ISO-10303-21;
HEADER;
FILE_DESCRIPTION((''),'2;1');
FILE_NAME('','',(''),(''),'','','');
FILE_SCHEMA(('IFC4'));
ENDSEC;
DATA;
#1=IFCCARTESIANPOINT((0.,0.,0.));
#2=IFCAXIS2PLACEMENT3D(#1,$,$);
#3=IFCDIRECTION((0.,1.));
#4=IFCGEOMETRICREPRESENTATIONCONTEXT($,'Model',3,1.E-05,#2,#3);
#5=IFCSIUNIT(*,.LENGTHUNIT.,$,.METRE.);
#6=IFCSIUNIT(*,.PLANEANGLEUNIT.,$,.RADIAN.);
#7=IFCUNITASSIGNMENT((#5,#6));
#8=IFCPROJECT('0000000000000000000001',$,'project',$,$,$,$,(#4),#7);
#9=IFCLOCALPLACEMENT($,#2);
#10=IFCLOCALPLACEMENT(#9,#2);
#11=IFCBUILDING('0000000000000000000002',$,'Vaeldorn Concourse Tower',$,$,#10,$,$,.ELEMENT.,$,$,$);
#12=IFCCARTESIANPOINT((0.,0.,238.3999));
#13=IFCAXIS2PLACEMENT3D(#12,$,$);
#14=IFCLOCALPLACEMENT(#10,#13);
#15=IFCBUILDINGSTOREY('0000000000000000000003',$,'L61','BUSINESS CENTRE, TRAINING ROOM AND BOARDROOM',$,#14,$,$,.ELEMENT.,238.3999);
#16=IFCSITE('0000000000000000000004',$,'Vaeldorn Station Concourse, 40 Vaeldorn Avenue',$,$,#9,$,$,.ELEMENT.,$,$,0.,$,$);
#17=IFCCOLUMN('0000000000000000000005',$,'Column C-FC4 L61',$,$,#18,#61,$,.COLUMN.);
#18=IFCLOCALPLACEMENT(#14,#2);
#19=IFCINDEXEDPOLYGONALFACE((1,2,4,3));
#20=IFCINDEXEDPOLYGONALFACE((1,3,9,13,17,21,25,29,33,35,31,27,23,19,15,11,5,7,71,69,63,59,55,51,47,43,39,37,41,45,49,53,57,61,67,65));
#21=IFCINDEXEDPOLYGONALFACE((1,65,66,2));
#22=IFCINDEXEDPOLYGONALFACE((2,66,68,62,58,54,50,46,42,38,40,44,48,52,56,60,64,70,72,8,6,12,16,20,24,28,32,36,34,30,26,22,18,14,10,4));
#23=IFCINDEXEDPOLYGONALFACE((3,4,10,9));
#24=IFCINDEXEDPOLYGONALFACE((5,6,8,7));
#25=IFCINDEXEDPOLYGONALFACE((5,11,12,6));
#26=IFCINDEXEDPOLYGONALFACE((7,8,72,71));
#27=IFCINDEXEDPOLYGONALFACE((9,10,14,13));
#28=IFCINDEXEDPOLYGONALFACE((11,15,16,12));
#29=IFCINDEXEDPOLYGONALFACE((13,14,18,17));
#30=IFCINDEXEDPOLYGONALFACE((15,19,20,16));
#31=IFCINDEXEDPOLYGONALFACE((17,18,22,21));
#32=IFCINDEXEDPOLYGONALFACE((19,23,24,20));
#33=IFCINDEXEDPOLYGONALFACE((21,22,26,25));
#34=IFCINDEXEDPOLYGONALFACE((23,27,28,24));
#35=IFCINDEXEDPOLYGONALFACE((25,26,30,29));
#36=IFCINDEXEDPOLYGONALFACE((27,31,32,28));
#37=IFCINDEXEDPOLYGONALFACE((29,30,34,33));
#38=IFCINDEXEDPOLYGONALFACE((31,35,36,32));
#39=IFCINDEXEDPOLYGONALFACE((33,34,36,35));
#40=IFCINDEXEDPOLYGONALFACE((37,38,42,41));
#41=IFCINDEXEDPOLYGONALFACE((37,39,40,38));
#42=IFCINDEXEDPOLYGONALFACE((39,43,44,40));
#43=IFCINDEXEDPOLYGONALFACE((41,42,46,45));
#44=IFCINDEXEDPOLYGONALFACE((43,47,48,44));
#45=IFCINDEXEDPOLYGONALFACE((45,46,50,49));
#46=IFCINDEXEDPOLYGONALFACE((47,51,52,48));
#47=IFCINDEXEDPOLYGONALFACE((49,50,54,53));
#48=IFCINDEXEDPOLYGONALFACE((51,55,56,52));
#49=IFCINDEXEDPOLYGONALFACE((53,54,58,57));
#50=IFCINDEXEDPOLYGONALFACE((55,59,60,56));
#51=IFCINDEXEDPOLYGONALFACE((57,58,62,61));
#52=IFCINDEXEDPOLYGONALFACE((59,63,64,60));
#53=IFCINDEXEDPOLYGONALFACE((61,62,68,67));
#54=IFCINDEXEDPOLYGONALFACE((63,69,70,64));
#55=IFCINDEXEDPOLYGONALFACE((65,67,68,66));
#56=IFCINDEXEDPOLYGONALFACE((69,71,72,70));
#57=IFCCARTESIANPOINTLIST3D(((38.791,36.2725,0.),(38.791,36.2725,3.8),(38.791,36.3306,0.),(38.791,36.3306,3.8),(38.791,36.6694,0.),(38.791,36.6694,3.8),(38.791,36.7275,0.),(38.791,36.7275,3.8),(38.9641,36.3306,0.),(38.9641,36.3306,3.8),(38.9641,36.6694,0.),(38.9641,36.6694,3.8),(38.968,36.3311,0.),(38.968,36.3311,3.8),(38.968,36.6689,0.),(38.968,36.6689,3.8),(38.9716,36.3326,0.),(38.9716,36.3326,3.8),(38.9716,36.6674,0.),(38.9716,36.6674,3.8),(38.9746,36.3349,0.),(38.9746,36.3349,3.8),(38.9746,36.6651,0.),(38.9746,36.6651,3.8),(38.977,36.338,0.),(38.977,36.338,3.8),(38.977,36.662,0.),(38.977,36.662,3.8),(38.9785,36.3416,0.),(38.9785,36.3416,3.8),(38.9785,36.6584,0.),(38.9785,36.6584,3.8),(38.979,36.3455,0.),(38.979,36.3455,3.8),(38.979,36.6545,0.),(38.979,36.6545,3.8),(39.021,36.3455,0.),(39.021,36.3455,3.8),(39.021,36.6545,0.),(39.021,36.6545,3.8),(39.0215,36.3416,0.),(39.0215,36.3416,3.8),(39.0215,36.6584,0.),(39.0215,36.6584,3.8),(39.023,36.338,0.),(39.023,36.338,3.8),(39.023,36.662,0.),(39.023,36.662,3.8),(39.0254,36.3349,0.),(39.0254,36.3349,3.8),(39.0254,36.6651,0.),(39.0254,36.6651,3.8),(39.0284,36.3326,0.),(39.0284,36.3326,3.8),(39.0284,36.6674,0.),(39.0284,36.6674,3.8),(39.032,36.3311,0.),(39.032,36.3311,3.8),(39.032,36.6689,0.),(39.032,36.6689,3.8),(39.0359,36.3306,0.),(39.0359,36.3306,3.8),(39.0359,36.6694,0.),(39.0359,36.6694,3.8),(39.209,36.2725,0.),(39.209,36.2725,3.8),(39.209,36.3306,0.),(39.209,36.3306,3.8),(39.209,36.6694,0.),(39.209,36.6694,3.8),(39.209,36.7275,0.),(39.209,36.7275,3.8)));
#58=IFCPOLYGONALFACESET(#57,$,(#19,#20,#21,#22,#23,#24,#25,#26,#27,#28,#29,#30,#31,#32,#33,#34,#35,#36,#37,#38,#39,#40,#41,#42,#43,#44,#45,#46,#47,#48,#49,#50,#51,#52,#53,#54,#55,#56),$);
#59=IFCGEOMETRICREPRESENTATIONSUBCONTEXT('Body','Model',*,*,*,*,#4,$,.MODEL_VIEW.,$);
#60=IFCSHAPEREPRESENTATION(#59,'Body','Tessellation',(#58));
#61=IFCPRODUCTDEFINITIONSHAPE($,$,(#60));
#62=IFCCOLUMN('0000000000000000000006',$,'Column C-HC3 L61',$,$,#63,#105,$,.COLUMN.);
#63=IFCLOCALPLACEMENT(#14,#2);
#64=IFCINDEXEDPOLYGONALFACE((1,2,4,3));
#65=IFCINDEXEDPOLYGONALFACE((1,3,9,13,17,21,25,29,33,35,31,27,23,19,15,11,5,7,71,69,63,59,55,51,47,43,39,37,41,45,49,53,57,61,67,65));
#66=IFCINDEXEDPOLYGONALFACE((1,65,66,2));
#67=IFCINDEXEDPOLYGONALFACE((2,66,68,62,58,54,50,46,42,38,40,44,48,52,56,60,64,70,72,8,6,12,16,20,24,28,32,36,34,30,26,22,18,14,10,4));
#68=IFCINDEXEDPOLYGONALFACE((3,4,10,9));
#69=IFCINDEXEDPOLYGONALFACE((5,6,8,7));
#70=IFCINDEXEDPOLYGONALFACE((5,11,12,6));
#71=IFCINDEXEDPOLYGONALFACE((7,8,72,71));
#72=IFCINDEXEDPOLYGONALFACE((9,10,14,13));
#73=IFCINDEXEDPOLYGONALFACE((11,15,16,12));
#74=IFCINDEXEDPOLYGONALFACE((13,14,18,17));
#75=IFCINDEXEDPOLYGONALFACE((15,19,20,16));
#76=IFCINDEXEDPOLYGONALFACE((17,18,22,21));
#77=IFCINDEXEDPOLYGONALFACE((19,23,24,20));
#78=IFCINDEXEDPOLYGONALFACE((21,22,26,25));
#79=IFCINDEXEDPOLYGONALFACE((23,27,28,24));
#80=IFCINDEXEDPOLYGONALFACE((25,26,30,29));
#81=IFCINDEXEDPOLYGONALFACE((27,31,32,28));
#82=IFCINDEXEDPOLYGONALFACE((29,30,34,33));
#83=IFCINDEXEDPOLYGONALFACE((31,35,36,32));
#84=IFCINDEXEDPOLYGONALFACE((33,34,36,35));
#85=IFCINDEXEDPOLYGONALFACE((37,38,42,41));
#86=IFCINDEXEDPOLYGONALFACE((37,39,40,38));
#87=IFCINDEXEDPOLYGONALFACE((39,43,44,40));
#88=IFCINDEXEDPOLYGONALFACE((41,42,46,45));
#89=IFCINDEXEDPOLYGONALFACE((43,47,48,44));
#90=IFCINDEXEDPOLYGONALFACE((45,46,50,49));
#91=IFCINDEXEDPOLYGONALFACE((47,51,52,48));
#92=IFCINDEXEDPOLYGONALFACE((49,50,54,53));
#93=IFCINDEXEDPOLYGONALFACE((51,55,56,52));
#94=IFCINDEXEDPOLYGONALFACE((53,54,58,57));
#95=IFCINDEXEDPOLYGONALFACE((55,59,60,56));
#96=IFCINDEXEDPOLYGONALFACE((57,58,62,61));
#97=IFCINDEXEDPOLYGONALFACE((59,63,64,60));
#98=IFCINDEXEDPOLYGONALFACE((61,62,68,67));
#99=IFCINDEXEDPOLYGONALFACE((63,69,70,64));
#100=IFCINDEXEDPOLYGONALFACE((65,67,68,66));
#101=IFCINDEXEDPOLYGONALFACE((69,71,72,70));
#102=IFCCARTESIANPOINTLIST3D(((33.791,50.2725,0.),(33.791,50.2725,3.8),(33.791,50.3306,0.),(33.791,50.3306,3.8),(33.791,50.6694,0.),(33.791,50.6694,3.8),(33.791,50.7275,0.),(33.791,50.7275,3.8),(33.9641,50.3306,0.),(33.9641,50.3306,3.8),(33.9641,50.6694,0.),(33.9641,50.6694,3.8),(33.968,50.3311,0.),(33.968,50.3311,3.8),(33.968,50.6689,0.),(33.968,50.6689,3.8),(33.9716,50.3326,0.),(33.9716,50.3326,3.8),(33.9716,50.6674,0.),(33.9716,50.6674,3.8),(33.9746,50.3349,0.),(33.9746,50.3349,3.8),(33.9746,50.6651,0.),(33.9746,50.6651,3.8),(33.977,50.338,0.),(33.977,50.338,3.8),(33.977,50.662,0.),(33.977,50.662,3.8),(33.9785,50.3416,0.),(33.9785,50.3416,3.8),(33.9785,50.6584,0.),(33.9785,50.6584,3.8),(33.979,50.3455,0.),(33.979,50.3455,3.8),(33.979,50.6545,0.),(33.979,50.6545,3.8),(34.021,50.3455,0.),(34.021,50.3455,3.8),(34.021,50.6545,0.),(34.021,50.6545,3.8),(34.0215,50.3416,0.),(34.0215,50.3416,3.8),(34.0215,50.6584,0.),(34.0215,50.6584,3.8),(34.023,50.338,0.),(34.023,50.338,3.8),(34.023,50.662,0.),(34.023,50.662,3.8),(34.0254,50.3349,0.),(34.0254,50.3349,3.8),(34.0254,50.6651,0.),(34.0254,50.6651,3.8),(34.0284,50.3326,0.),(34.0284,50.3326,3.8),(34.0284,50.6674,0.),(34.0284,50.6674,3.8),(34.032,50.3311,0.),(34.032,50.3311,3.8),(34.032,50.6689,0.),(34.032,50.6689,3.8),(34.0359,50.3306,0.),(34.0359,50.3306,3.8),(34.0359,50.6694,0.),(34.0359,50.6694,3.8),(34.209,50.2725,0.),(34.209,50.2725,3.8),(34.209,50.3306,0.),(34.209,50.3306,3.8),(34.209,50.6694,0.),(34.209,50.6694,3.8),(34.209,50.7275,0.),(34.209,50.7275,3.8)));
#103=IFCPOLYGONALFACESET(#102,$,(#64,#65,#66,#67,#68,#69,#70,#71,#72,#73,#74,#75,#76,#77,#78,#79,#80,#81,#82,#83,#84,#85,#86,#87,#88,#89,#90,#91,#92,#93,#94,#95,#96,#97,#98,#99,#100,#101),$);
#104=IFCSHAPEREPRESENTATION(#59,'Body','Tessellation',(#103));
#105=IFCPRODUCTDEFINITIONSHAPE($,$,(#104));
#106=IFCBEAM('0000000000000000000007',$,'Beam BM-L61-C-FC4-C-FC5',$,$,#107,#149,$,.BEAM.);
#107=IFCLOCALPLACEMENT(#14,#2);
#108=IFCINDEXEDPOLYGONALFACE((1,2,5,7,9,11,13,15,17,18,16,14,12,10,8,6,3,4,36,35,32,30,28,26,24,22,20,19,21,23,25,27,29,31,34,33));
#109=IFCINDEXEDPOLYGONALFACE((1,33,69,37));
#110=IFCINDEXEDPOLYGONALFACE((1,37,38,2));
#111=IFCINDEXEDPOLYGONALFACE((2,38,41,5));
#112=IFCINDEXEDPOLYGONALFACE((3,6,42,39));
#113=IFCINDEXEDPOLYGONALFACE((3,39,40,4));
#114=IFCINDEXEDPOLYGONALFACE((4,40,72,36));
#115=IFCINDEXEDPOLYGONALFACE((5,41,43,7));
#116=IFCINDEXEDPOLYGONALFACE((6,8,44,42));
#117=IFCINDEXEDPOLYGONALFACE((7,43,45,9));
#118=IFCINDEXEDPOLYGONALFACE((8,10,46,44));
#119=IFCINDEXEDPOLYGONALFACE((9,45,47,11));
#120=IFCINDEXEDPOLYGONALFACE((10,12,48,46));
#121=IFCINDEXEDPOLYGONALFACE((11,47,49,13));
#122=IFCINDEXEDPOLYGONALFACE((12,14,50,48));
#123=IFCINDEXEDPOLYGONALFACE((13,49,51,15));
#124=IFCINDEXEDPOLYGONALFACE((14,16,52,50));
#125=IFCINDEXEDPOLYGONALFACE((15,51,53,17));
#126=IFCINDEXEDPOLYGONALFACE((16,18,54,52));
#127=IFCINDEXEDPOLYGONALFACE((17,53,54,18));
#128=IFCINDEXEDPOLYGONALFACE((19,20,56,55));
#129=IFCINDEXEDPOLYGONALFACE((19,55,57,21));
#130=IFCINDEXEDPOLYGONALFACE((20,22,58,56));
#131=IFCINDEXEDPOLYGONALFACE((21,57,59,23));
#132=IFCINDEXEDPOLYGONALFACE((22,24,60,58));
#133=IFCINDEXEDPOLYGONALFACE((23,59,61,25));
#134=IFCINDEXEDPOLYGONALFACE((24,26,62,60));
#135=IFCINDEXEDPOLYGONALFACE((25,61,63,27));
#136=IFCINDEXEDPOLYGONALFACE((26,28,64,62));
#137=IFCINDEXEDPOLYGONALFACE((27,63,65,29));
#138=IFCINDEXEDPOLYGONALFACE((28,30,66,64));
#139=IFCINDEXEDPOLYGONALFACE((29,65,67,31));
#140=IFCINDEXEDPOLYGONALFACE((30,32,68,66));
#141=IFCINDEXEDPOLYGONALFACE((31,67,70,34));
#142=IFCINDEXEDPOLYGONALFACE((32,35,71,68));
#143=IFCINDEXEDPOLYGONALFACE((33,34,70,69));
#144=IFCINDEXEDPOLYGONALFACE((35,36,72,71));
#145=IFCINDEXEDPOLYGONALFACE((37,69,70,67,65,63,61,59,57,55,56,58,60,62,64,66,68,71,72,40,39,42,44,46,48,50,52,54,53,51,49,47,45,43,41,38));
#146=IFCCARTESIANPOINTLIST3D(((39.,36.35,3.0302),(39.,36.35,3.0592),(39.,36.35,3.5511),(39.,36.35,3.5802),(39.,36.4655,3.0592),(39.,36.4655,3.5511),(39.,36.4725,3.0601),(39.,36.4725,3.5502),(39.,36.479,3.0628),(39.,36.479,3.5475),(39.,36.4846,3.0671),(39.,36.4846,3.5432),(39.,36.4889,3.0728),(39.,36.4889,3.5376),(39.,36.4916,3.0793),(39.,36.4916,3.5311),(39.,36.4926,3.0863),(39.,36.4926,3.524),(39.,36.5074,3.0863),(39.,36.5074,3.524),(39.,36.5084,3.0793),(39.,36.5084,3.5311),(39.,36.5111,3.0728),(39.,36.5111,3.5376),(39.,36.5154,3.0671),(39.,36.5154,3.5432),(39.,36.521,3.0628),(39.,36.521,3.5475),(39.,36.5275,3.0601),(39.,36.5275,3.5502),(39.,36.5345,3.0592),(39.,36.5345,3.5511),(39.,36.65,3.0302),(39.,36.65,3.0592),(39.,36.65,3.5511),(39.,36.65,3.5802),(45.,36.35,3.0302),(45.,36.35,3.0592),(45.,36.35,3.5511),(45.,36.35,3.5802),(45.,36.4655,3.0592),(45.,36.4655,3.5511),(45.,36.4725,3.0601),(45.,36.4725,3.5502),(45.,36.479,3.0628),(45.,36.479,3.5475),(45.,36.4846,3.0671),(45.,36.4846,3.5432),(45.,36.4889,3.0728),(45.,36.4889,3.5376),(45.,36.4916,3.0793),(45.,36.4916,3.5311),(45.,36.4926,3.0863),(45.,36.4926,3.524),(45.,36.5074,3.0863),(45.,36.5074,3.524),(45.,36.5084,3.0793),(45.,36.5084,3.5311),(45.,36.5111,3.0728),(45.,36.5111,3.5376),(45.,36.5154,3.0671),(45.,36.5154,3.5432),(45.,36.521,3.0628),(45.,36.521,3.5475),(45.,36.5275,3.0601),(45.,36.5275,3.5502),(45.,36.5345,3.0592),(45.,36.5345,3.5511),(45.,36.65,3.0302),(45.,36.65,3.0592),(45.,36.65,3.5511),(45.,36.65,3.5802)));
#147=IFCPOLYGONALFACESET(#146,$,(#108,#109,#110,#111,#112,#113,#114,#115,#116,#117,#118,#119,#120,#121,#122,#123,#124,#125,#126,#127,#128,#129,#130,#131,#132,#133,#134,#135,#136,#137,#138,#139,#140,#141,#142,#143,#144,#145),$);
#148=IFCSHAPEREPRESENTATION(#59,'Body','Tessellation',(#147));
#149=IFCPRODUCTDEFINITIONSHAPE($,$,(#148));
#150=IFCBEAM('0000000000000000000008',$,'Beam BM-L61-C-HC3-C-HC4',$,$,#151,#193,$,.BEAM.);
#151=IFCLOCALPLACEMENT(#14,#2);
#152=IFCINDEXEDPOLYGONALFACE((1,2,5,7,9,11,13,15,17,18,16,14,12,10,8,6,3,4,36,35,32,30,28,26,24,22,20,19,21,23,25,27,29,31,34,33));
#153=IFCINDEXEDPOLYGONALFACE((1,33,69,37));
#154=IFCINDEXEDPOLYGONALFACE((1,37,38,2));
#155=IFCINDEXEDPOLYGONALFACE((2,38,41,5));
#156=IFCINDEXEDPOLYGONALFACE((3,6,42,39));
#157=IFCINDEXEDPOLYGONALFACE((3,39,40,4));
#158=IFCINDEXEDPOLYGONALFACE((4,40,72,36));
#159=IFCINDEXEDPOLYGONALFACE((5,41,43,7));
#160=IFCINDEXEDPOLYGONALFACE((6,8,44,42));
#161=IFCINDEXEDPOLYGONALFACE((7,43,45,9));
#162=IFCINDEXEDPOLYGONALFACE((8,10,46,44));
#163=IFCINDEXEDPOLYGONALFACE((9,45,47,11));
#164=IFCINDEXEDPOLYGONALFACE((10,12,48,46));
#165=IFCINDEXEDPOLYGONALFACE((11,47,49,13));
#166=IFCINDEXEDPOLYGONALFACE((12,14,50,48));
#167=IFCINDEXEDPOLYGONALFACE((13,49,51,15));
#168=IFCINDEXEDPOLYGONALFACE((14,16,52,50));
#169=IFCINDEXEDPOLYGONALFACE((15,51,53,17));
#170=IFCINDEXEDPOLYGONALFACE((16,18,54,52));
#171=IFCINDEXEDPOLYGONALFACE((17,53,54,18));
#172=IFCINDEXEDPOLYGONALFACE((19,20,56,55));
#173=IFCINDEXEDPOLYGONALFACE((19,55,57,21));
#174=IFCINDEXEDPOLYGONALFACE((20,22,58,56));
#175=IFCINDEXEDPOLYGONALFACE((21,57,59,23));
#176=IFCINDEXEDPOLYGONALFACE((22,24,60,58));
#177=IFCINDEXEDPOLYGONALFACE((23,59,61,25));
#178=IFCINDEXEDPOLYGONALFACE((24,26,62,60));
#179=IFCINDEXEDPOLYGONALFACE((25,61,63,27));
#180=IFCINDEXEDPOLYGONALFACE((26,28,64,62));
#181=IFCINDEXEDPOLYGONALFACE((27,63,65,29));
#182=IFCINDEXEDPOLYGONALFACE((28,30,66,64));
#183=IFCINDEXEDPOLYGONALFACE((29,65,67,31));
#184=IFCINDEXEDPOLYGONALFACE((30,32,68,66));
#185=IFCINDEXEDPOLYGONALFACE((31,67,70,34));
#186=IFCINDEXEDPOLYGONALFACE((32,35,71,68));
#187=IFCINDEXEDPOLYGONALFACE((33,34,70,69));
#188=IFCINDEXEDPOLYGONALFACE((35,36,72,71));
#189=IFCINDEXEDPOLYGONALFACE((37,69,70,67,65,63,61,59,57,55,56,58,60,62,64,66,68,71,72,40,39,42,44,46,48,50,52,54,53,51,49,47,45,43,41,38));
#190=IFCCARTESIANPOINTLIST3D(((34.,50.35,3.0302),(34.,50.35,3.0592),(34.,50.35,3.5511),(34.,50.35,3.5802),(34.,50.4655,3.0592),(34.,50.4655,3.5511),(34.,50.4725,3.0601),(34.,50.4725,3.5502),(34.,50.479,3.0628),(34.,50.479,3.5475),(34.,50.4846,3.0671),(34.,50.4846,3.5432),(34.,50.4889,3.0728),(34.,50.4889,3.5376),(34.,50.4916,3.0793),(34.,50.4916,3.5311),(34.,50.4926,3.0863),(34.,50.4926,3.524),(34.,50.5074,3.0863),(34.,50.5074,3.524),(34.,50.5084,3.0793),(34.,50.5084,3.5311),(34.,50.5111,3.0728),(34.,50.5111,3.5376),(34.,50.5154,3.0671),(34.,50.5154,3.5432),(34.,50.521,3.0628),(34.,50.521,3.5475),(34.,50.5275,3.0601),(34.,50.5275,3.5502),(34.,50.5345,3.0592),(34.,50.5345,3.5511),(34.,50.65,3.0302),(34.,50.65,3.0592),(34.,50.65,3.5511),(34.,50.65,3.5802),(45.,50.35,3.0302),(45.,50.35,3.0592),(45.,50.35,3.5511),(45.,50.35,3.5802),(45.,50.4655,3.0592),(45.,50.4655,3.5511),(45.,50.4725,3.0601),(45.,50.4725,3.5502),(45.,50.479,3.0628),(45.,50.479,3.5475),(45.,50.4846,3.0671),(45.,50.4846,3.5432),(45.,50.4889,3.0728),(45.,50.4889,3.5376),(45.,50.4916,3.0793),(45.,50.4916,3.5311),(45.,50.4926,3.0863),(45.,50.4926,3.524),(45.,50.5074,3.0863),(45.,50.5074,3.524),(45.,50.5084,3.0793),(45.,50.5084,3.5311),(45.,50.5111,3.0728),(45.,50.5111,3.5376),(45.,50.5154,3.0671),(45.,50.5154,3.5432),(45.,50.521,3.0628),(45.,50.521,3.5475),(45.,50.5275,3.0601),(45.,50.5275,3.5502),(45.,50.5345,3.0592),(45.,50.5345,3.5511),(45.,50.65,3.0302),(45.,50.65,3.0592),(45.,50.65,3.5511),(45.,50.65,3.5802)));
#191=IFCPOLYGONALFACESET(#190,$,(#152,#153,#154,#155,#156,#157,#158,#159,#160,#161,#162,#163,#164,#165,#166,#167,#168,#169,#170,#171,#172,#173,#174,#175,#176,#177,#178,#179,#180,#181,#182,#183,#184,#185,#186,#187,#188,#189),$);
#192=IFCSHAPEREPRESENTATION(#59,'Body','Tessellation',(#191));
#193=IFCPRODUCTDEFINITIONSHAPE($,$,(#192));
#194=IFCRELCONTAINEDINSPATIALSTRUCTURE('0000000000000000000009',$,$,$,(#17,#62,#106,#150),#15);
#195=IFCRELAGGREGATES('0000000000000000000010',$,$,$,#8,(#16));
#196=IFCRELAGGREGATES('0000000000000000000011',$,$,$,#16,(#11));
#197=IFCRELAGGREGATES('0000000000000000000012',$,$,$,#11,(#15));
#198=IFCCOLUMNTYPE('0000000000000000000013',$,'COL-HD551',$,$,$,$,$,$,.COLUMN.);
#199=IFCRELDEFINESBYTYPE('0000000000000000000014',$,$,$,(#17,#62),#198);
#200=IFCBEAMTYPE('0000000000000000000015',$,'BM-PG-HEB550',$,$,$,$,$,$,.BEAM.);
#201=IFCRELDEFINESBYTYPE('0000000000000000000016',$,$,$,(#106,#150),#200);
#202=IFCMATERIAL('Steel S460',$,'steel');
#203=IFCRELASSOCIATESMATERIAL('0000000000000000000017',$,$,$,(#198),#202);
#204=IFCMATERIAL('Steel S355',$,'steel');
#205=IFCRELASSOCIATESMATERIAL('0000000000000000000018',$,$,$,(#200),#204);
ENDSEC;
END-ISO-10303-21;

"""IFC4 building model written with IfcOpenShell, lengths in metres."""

from ifc_helpers import new_model, si_unit, direction, frame, origin, origin_2d, place, context, subcontext, project, spatial, i_section, extrude, source, transform, mapped, material, material_profile, profile_set, type_object, element, save


model = new_model("IFC4")

# Units and contexts
model_context = context("Model", 3, precision=1e-05, world=origin(), true_north=direction((0.0, 1.0)))
body_context = subcontext(model_context, "Body", "Model", "MODEL_VIEW")
ifc_project = project(units=[si_unit("LENGTHUNIT", "METRE"), si_unit("PLANEANGLEUNIT", "RADIAN")], contexts=[model_context])

# Site, building, storey
site_placement = place(None, origin())
site = spatial("IfcSite", under=ifc_project, at=site_placement, Name="Vaeldorn Station Concourse, 40 Vaeldorn Avenue", CompositionType="ELEMENT", RefElevation=0.0)
building_placement = place(site_placement, origin())
building = spatial("IfcBuilding", under=site, at=building_placement, Name="Vaeldorn Concourse Tower", CompositionType="ELEMENT")
storey_placement = place(building_placement, frame((0.0, 0.0, 238.3999)))
storey = spatial("IfcBuildingStorey", under=building, at=storey_placement, Name="L61", Description="BUSINESS CENTRE, TRAINING ROOM AND BOARDROOM", CompositionType="ELEMENT", Elevation=238.3999)

# Columns
ifc_material_1 = material(Name="Steel S460", Category="steel")
ifc_material_profile_1 = material_profile(ifc_material_1, i_section(OverallWidth=0.418, OverallDepth=0.4551, WebThickness=0.042, FlangeThickness=0.0581, FilletRadius=0.0149, at=origin_2d()), Name="HD 400x551")
ifc_profile_set_1 = profile_set([ifc_material_profile_1], Name="Steel S460")
column_type = type_object("IfcColumnType", Name="COL-HD551", PredefinedType="COLUMN", material=ifc_profile_set_1)
shared_shape_1 = source(origin(), body_context, "Body", "SweptSolid", [
    extrude(i_section(OverallWidth=0.418, OverallDepth=0.4551, WebThickness=0.042, FlangeThickness=0.0581, FilletRadius=0.0149, at=origin_2d()), origin(), (0.0, 0.0, 1.0), 3.8),
])
for number, where, z_axis, x_axis, name in (
    (1, (39.0, 36.5, 0.0), (0.0, 0.0, 1.0), (1.0, 0.0, 0.0), "Column C-FC4 L61"),
    (2, (34.0, 50.5, 0.0), (0.0, 0.0, 1.0), (1.0, 0.0, 0.0), "Column C-HC3 L61"),
):
    element("IfcColumn", number, at=place(storey_placement, frame(where, z_axis=z_axis, x_axis=x_axis)), inside=storey, type_object=column_type, Name=name, PredefinedType="COLUMN", context=body_context, shape_type="MappedRepresentation", body=[
        mapped(shared_shape_1, transform((0.0, 0.0, 0.0), scale=1.0)),
    ])

# Beams
ifc_material_2 = material(Name="Steel S355", Category="steel")
ifc_material_profile_2 = material_profile(ifc_material_2, i_section(OverallWidth=0.3, OverallDepth=0.55, WebThickness=0.0149, FlangeThickness=0.0291, FilletRadius=0.0271, at=origin_2d()), Name="HEB 550")
ifc_profile_set_2 = profile_set([ifc_material_profile_2], Name="Steel S355")
beam_type = type_object("IfcBeamType", Name="BM-PG-HEB550", PredefinedType="BEAM", material=ifc_profile_set_2)
shared_shape_2 = source(origin(), body_context, "Body", "SweptSolid", [
    extrude(i_section(OverallWidth=0.3, OverallDepth=0.55, WebThickness=0.0149, FlangeThickness=0.0291, FilletRadius=0.0271, at=origin_2d()), origin(), (0.0, 0.0, 1.0), 6.0),
])
beam_1_placement = place(storey_placement, frame((39.0, 36.5, 3.3052), z_axis=(1.0, 0.0, 0.0), x_axis=(0.0, 1.0, 0.0)))
element("IfcBeam", 3, at=beam_1_placement, inside=storey, type_object=beam_type, Name="Beam BM-L61-C-FC4-C-FC5", PredefinedType="BEAM", context=body_context, shape_type="MappedRepresentation", body=[
    mapped(shared_shape_2, transform((0.0, 0.0, 0.0), scale=1.0)),
])
shared_shape_3 = source(origin(), body_context, "Body", "SweptSolid", [
    extrude(i_section(OverallWidth=0.3, OverallDepth=0.55, WebThickness=0.0149, FlangeThickness=0.0291, FilletRadius=0.0271, at=origin_2d()), origin(), (0.0, 0.0, 1.0), 11.0),
])
beam_2_placement = place(storey_placement, frame((34.0, 50.5, 3.3052), z_axis=(1.0, 0.0, 0.0), x_axis=(0.0, 1.0, 0.0)))
element("IfcBeam", 4, at=beam_2_placement, inside=storey, type_object=beam_type, Name="Beam BM-L61-C-HC3-C-HC4", PredefinedType="BEAM", context=body_context, shape_type="MappedRepresentation", body=[
    mapped(shared_shape_3, transform((0.0, 0.0, 0.0), scale=1.0)),
])

save(model, "model.ifc")
